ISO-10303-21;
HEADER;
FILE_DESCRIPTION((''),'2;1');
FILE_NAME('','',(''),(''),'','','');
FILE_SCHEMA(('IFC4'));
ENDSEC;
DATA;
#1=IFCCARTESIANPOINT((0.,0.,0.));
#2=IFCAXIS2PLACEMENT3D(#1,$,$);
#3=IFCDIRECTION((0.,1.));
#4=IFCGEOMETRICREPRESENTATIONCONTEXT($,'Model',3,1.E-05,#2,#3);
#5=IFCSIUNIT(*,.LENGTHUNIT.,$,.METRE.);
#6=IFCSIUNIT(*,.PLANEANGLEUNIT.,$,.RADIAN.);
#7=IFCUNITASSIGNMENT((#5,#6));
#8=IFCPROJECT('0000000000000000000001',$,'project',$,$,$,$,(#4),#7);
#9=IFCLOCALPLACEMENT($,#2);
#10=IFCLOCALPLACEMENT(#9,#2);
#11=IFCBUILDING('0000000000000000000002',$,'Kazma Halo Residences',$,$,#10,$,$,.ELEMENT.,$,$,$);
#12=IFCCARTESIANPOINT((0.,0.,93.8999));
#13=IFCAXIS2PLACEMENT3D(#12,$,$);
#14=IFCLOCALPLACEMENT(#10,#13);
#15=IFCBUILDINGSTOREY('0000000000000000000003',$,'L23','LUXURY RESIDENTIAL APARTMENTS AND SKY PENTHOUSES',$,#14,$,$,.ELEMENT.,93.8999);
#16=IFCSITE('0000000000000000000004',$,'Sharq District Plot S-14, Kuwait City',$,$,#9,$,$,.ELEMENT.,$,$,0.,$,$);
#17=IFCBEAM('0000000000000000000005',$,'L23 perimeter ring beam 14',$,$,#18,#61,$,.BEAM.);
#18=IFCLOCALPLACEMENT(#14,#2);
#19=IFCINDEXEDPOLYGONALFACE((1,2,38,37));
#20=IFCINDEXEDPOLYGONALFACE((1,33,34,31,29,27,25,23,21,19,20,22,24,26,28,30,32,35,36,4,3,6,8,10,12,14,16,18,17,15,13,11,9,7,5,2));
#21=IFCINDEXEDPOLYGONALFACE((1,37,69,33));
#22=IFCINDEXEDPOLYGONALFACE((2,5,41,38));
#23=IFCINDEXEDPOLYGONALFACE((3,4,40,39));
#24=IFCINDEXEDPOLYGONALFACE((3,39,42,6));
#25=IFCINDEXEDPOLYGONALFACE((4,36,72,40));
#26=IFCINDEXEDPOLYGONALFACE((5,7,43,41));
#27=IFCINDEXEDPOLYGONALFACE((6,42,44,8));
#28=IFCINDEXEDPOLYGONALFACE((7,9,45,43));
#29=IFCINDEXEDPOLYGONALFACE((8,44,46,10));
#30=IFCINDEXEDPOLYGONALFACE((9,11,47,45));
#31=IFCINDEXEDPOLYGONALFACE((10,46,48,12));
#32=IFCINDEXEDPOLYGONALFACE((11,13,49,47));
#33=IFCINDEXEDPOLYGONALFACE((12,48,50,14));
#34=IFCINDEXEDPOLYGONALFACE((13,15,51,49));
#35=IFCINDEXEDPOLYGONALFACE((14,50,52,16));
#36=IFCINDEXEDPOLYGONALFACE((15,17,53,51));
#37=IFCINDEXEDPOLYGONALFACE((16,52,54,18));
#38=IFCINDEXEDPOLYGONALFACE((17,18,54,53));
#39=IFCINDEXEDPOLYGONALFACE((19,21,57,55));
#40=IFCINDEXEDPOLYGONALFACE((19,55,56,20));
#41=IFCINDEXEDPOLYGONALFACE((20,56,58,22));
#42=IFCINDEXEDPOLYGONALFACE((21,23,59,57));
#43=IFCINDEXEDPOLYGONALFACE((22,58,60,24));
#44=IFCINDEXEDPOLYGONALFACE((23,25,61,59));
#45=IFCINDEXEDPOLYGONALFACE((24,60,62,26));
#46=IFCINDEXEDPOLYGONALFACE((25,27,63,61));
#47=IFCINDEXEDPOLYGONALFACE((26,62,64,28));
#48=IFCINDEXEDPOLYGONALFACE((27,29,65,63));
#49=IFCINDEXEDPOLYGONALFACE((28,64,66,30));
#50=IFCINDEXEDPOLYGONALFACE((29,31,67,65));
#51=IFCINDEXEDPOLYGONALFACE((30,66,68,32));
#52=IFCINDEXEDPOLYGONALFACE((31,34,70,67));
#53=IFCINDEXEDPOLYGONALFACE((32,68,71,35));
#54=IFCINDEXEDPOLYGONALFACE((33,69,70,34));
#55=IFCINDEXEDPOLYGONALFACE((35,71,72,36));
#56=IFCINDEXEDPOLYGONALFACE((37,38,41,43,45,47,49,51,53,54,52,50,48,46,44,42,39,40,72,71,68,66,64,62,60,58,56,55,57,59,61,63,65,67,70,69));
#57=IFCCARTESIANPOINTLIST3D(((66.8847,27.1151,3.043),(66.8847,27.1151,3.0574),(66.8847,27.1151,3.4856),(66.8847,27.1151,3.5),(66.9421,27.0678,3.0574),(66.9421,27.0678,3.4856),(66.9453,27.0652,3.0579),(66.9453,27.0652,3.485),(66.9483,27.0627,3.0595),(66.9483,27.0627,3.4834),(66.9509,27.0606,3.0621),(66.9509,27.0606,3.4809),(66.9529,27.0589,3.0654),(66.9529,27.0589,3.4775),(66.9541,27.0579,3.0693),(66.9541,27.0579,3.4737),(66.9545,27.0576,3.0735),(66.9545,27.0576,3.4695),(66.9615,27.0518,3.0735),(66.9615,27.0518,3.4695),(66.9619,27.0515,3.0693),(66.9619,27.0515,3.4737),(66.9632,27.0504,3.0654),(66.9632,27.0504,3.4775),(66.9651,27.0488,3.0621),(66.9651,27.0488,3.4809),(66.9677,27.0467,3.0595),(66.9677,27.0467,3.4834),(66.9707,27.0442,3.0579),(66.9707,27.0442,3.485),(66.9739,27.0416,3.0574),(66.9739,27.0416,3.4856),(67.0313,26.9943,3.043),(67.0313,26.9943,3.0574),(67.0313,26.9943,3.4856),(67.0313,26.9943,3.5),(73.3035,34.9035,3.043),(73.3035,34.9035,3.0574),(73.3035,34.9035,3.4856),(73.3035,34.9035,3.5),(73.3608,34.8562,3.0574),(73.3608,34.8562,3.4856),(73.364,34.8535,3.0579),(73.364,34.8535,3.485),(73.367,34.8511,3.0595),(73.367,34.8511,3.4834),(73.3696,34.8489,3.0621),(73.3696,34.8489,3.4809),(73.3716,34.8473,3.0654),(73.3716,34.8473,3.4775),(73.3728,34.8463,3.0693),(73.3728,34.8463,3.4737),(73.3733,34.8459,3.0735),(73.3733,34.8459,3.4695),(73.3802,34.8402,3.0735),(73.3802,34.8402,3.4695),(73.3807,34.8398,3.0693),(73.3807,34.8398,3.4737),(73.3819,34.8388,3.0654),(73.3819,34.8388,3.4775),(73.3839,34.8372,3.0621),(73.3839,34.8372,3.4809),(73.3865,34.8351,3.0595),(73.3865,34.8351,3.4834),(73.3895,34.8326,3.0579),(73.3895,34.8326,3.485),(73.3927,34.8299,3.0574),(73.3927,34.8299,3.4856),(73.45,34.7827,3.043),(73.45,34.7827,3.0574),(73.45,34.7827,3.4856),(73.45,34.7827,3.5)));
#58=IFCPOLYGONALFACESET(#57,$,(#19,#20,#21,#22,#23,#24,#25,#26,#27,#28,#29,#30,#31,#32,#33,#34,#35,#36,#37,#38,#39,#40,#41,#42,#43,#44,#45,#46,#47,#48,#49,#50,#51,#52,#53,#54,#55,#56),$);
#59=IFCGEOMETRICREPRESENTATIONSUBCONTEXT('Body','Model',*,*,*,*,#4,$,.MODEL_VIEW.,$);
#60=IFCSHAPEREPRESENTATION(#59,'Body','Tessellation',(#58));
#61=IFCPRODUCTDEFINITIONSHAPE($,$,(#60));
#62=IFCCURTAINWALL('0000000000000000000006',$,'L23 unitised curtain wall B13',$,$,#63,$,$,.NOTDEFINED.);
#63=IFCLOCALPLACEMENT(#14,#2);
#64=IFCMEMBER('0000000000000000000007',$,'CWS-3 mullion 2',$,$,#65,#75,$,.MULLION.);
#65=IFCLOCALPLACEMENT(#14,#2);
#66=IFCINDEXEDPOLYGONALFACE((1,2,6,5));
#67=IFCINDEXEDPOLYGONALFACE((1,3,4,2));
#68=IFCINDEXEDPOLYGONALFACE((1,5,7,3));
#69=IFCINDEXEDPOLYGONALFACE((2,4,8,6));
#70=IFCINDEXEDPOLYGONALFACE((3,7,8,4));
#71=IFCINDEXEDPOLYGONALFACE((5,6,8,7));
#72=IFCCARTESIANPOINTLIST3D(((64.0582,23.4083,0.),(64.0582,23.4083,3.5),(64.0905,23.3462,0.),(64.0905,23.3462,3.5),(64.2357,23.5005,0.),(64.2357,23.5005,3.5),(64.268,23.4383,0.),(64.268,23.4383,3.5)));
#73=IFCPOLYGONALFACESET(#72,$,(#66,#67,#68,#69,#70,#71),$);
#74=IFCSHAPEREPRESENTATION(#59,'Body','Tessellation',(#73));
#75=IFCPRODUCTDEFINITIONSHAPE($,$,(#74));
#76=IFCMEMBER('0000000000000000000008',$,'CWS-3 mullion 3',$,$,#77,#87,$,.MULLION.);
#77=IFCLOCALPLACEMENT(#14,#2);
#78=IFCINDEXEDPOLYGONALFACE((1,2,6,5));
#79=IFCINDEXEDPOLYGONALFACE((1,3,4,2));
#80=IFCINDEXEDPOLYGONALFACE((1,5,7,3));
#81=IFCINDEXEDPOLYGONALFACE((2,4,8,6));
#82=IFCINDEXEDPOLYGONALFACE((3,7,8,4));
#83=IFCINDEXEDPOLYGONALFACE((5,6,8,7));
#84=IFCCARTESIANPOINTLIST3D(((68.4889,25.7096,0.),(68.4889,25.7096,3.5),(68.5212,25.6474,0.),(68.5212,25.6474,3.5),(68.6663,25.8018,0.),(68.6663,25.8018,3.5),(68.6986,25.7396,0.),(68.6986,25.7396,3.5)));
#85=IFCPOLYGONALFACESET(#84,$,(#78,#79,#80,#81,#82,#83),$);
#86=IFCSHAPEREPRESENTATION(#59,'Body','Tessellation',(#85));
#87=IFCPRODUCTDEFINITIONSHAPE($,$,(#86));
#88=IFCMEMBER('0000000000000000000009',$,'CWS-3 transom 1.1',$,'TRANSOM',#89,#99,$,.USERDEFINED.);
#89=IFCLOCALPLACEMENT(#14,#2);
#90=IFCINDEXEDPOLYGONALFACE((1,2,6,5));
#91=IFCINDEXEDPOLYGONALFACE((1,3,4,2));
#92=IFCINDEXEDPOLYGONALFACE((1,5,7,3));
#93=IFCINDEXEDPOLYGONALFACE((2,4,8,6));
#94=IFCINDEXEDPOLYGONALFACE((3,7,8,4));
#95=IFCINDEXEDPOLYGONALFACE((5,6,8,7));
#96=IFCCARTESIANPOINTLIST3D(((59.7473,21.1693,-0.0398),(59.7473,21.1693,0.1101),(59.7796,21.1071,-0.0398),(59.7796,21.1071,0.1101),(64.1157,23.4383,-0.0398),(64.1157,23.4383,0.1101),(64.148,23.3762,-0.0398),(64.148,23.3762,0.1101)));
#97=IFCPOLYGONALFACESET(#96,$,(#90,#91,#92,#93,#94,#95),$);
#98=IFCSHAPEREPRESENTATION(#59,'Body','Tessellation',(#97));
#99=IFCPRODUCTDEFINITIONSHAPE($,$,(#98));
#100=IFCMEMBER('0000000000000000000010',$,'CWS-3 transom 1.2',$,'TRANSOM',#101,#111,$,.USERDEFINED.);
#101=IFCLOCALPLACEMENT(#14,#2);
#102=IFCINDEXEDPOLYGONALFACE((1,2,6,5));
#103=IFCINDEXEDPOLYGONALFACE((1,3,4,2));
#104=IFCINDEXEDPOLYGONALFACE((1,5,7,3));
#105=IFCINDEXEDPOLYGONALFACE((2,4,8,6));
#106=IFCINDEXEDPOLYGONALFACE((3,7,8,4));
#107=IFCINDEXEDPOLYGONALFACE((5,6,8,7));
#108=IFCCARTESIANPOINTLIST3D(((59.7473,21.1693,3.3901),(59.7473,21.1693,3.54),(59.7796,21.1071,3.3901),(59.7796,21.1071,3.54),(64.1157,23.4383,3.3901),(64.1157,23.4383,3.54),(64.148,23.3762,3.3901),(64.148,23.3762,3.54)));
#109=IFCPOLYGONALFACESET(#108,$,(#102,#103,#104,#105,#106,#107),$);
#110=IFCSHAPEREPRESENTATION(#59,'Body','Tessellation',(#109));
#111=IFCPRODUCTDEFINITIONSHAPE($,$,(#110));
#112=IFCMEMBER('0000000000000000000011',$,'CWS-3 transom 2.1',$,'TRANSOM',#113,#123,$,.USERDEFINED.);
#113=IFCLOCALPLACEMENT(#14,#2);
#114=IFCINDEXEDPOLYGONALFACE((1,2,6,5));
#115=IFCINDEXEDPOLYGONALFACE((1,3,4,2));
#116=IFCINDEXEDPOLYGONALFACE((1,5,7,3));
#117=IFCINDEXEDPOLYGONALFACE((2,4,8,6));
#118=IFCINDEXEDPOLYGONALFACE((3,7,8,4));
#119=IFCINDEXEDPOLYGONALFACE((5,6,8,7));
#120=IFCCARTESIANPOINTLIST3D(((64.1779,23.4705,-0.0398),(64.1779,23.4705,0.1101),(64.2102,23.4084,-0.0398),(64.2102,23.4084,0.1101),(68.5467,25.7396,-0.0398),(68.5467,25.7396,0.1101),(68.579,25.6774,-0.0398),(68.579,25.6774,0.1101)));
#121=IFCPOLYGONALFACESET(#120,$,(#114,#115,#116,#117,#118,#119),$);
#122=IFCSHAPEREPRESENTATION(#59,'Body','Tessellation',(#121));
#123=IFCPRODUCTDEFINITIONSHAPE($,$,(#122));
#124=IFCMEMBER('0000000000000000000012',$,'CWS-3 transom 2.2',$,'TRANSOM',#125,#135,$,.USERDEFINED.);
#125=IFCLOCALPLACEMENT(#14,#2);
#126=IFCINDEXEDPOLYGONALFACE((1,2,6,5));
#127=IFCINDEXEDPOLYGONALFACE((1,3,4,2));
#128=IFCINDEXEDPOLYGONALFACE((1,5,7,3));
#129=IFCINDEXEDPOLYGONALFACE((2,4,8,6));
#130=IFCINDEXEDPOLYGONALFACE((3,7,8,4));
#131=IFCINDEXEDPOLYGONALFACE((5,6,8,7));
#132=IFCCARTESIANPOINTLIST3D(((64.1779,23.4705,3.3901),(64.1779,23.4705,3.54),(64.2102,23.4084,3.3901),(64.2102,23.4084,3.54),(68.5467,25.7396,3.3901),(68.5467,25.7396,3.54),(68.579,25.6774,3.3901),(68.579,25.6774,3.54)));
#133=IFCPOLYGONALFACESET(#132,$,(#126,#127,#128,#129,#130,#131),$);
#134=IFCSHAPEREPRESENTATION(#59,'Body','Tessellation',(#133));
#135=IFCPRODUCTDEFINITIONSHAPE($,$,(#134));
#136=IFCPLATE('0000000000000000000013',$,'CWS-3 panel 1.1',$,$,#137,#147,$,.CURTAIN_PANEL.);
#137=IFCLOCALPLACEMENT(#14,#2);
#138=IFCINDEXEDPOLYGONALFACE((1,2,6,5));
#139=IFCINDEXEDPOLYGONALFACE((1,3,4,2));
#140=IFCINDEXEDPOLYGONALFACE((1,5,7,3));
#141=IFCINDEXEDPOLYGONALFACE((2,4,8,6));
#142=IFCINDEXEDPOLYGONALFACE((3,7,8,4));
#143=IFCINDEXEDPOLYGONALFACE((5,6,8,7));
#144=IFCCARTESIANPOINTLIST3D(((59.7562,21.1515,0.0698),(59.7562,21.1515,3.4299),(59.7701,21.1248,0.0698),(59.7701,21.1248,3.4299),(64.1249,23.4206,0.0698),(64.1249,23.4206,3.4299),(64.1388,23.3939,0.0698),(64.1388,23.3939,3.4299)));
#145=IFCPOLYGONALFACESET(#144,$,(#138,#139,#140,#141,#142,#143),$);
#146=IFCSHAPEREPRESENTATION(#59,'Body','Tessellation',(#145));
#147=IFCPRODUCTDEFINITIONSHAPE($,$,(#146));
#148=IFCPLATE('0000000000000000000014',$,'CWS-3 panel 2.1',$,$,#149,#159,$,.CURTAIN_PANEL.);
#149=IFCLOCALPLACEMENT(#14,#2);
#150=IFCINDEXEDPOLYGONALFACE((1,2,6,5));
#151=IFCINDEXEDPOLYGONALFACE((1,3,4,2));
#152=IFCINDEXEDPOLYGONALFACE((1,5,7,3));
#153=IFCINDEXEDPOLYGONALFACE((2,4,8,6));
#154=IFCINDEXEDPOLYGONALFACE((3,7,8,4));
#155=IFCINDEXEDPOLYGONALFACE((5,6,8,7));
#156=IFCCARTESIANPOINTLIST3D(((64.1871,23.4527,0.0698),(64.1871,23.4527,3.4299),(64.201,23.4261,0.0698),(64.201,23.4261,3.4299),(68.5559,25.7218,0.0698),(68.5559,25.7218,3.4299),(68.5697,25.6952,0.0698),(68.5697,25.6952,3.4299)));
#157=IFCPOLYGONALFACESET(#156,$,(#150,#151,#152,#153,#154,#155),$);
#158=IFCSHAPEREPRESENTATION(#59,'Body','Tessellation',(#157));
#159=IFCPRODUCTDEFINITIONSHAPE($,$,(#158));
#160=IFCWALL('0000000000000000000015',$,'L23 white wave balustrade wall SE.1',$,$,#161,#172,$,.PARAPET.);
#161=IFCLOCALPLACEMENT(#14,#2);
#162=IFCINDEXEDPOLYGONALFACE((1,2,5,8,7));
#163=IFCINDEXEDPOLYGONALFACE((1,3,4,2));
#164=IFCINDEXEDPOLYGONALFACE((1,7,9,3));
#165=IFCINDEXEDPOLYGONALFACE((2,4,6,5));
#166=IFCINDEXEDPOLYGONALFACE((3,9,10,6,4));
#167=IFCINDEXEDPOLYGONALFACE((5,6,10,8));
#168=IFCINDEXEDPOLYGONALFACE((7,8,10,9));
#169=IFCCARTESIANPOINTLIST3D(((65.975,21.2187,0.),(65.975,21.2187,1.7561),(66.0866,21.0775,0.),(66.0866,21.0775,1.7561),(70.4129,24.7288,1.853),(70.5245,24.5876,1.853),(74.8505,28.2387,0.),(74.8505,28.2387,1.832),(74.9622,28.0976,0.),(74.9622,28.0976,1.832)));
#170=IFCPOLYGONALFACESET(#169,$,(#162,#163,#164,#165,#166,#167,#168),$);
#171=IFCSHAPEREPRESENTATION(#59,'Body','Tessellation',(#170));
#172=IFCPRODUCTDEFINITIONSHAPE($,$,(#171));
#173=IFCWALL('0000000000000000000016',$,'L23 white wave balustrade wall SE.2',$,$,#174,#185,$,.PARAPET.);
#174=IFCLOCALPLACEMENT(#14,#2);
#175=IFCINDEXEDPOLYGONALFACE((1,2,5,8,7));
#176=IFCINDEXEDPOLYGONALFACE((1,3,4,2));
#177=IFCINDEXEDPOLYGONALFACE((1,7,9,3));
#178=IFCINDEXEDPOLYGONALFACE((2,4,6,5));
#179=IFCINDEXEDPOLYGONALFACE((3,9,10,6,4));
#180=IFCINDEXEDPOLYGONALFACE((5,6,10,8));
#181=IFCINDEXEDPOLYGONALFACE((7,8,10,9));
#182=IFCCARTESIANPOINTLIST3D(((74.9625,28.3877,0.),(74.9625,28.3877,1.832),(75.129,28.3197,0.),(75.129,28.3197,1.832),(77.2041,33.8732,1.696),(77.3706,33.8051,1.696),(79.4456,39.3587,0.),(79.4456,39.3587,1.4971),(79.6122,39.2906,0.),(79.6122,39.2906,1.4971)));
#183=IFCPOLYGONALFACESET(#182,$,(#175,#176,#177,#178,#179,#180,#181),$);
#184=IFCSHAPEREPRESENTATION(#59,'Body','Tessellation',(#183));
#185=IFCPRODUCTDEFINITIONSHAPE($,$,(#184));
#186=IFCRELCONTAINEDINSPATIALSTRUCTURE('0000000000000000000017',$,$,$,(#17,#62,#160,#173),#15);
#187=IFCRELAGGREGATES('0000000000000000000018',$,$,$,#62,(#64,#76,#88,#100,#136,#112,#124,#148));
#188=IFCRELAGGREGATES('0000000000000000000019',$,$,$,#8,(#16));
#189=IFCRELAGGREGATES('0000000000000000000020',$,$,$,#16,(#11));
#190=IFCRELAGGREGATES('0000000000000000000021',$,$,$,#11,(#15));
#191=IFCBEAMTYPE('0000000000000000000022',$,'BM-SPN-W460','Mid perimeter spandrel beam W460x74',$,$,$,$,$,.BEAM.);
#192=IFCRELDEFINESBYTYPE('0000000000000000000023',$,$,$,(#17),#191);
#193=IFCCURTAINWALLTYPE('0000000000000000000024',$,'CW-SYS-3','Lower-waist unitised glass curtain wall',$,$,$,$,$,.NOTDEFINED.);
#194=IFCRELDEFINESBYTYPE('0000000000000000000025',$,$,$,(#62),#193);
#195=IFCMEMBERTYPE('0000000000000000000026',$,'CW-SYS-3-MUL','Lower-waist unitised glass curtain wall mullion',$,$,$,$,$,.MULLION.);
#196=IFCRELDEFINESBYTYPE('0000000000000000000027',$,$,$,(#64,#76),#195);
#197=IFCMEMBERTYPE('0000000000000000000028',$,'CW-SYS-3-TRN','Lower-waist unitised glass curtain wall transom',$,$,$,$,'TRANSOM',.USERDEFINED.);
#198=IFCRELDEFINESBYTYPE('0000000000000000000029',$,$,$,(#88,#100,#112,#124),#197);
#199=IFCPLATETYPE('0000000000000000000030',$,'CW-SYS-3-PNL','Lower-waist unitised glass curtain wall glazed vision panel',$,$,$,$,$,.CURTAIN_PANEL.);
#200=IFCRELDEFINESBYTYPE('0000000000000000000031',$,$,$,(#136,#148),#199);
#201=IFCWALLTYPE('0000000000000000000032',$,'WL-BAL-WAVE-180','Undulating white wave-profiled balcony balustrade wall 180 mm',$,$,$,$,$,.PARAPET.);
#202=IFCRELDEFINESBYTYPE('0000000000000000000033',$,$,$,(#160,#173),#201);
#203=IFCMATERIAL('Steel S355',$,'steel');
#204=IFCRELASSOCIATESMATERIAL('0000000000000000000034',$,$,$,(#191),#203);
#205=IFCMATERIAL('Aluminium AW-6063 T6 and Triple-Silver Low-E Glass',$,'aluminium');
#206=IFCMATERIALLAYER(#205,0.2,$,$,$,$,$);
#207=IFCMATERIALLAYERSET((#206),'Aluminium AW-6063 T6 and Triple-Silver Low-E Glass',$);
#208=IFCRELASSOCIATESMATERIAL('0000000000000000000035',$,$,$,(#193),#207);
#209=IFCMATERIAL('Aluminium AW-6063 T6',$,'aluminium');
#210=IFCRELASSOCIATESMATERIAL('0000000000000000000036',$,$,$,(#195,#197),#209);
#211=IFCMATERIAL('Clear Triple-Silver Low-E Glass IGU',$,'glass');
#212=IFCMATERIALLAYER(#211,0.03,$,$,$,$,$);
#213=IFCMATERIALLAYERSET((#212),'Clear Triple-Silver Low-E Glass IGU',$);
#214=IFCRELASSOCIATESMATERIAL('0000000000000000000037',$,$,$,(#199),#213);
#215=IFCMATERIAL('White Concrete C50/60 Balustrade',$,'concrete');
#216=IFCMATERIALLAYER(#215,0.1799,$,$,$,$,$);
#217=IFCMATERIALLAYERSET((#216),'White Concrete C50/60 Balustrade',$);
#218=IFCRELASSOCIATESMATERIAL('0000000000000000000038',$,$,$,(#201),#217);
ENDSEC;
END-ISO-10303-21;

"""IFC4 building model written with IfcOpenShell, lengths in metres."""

from ifc_helpers import new_model, si_unit, direction, frame, origin, origin_2d, place, context, subcontext, project, spatial, polyline, rectangle, i_section, outline, extrude, material, layer, layer_set, material_profile, profile_set, type_object, element, aggregate, save


model = new_model("IFC4")

# Units and contexts
model_context = context("Model", 3, precision=1e-05, world=origin(), true_north=direction((0.0, 1.0)))
body_context = subcontext(model_context, "Body", "Model", "MODEL_VIEW")
ifc_project = project(units=[si_unit("LENGTHUNIT", "METRE"), si_unit("PLANEANGLEUNIT", "RADIAN")], contexts=[model_context])

# Site, building, storey
site_placement = place(None, origin())
site = spatial("IfcSite", under=ifc_project, at=site_placement, Name="Sharq District Plot S-14, Kuwait City", CompositionType="ELEMENT", RefElevation=0.0)
building_placement = place(site_placement, origin())
building = spatial("IfcBuilding", under=site, at=building_placement, Name="Kazma Halo Residences", CompositionType="ELEMENT")
storey_placement = place(building_placement, frame((0.0, 0.0, 93.8999)))
storey = spatial("IfcBuildingStorey", under=building, at=storey_placement, Name="L23", Description="LUXURY RESIDENTIAL APARTMENTS AND SKY PENTHOUSES", CompositionType="ELEMENT", Elevation=93.8999)

# Beam
ifc_material_1 = material(Name="Steel S355", Category="steel")
ifc_material_profile_1 = material_profile(ifc_material_1, i_section(OverallWidth=0.1899, OverallDepth=0.457, WebThickness=0.009, FlangeThickness=0.0144, FilletRadius=0.0161, at=origin_2d()), Name="W460x74")
ifc_profile_set_1 = profile_set([ifc_material_profile_1], Name="Steel S355")
beam_type_1 = type_object("IfcBeamType", Name="BM-SPN-W460", Description="Mid perimeter spandrel beam W460x74", PredefinedType="BEAM", material=ifc_profile_set_1)
beam_1_placement = place(storey_placement, frame((66.958, 27.0547, 3.2715), z_axis=(0.63599, 0.771698, 0.0), x_axis=(-0.771698, 0.63599, 0.0)))
element("IfcBeam", 1, at=beam_1_placement, inside=storey, type_object=beam_type_1, Name="L23 perimeter ring beam 14", PredefinedType="BEAM", context=body_context, shape_type="SweptSolid", body=[
    extrude(i_section(OverallWidth=0.1899, OverallDepth=0.457, WebThickness=0.009, FlangeThickness=0.0144, FilletRadius=0.0161, at=origin_2d()), origin(), (0.0, 0.0, 1.0), 10.0925),
])

# Curtain wall, members, plates
ifc_material_2 = material(Name="Aluminium AW-6063 T6 and Triple-Silver Low-E Glass", Category="aluminium")
ifc_layer_1 = layer(ifc_material_2, 0.2)
ifc_layer_set_1 = layer_set([ifc_layer_1], Name="Aluminium AW-6063 T6 and Triple-Silver Low-E Glass")
curtain_wall_type = type_object("IfcCurtainWallType", Name="CW-SYS-3", Description="Lower-waist unitised glass curtain wall", PredefinedType="NOTDEFINED", material=ifc_layer_set_1)
curtain_wall_placement = place(storey_placement, origin())
curtain_wall = element("IfcCurtainWall", 2, at=curtain_wall_placement, inside=storey, type_object=curtain_wall_type, Name="L23 unitised curtain wall B13", PredefinedType="NOTDEFINED")
ifc_material_3 = material(Name="Aluminium AW-6063 T6", Category="aluminium")
ifc_material_profile_2 = material_profile(ifc_material_3, rectangle(XDim=0.0701, YDim=0.2, at=origin_2d()), Name="CWM-70x200")
ifc_profile_set_2 = profile_set([ifc_material_profile_2], Name="Aluminium AW-6063 T6")
member_type_1 = type_object("IfcMemberType", Name="CW-SYS-3-MUL", Description="Lower-waist unitised glass curtain wall mullion", PredefinedType="MULLION", material=ifc_profile_set_2)
member_1_placement = place(storey_placement, frame((64.1631, 23.4233, 0.0), z_axis=(0.0, 0.0, 1.0), x_axis=(-0.460932, 0.887435, 0.0)))
member_1 = element("IfcMember", 3, at=member_1_placement, type_object=member_type_1, Name="CWS-3 mullion 2", PredefinedType="MULLION", context=body_context, shape_type="SweptSolid", body=[
    extrude(rectangle(XDim=0.0701, YDim=0.2, at=origin_2d()), origin(), (0.0, 0.0, 1.0), 3.5),
])
member_2_placement = place(storey_placement, frame((68.5938, 25.7246, 0.0), z_axis=(0.0, 0.0, 1.0), x_axis=(-0.460932, 0.887435, 0.0)))
member_2 = element("IfcMember", 4, at=member_2_placement, type_object=member_type_1, Name="CWS-3 mullion 3", PredefinedType="MULLION", context=body_context, shape_type="SweptSolid", body=[
    extrude(rectangle(XDim=0.0701, YDim=0.2, at=origin_2d()), origin(), (0.0, 0.0, 1.0), 3.5),
])
ifc_material_profile_3 = material_profile(ifc_material_3, rectangle(XDim=0.0701, YDim=0.1499, at=origin_2d()), Name="CWT-70x150")
ifc_profile_set_3 = profile_set([ifc_material_profile_3], Name="Aluminium AW-6063 T6")
member_type_2 = type_object("IfcMemberType", Name="CW-SYS-3-TRN", Description="Lower-waist unitised glass curtain wall transom", ElementType="TRANSOM", PredefinedType="USERDEFINED", material=ifc_profile_set_3)
member_3_placement = place(storey_placement, frame((59.7634, 21.1382, 0.0352), z_axis=(0.887427, 0.460948, 0.0), x_axis=(-0.460948, 0.887427, 0.0)))
member_3 = element("IfcMember", 5, at=member_3_placement, type_object=member_type_2, Name="CWS-3 transom 1.1", ObjectType="TRANSOM", PredefinedType="USERDEFINED", context=body_context, shape_type="SweptSolid", body=[
    extrude(rectangle(XDim=0.0701, YDim=0.1499, at=origin_2d()), origin(), (0.0, 0.0, 1.0), 4.9226),
])
member_4_placement = place(storey_placement, frame((59.7634, 21.1382, 3.4651), z_axis=(0.887427, 0.460948, 0.0), x_axis=(-0.460948, 0.887427, 0.0)))
member_4 = element("IfcMember", 6, at=member_4_placement, type_object=member_type_2, Name="CWS-3 transom 1.2", ObjectType="TRANSOM", PredefinedType="USERDEFINED", context=body_context, shape_type="SweptSolid", body=[
    extrude(rectangle(XDim=0.0701, YDim=0.1499, at=origin_2d()), origin(), (0.0, 0.0, 1.0), 4.9226),
])
member_5_placement = place(storey_placement, frame((64.1941, 23.4395, 0.0352), z_axis=(0.887438, 0.460928, 0.0), x_axis=(-0.460928, 0.887438, 0.0)))
member_5 = element("IfcMember", 7, at=member_5_placement, type_object=member_type_2, Name="CWS-3 transom 2.1", ObjectType="TRANSOM", PredefinedType="USERDEFINED", context=body_context, shape_type="SweptSolid", body=[
    extrude(rectangle(XDim=0.0701, YDim=0.1499, at=origin_2d()), origin(), (0.0, 0.0, 1.0), 4.9229),
])
member_6_placement = place(storey_placement, frame((64.1941, 23.4395, 3.4651), z_axis=(0.887438, 0.460928, 0.0), x_axis=(-0.460928, 0.887438, 0.0)))
member_6 = element("IfcMember", 8, at=member_6_placement, type_object=member_type_2, Name="CWS-3 transom 2.2", ObjectType="TRANSOM", PredefinedType="USERDEFINED", context=body_context, shape_type="SweptSolid", body=[
    extrude(rectangle(XDim=0.0701, YDim=0.1499, at=origin_2d()), origin(), (0.0, 0.0, 1.0), 4.9229),
])
ifc_material_4 = material(Name="Clear Triple-Silver Low-E Glass IGU", Category="glass")
ifc_layer_2 = layer(ifc_material_4, 0.03)
ifc_layer_set_2 = layer_set([ifc_layer_2], Name="Clear Triple-Silver Low-E Glass IGU")
plate_type = type_object("IfcPlateType", Name="CW-SYS-3-PNL", Description="Lower-waist unitised glass curtain wall glazed vision panel", PredefinedType="CURTAIN_PANEL", material=ifc_layer_set_2)
plate_1_placement = place(storey_placement, frame((61.9475, 22.2727, 0.0698), z_axis=(0.0, 0.0, 1.0), x_axis=(0.887435, 0.460932, 0.0)))
plate_1 = element("IfcPlate", 9, at=plate_1_placement, type_object=plate_type, Name="CWS-3 panel 1.1", PredefinedType="CURTAIN_PANEL", context=body_context, shape_type="SweptSolid", body=[
    extrude(rectangle(XDim=4.9229, YDim=0.03, at=origin_2d()), origin(), (0.0, 0.0, 1.0), 3.3601),
])
plate_2_placement = place(storey_placement, frame((66.3784, 24.574, 0.0698), z_axis=(0.0, 0.0, 1.0), x_axis=(0.887435, 0.460932, 0.0)))
plate_2 = element("IfcPlate", 10, at=plate_2_placement, type_object=plate_type, Name="CWS-3 panel 2.1", PredefinedType="CURTAIN_PANEL", context=body_context, shape_type="SweptSolid", body=[
    extrude(rectangle(XDim=4.9229, YDim=0.03, at=origin_2d()), origin(), (0.0, 0.0, 1.0), 3.3601),
])
aggregate(curtain_wall, [member_1, member_2, member_3, member_4, plate_1, member_5, member_6, plate_2])

# Walls
ifc_material_5 = material(Name="White Concrete C50/60 Balustrade", Category="concrete")
ifc_layer_3 = layer(ifc_material_5, 0.1799)
ifc_layer_set_3 = layer_set([ifc_layer_3], Name="White Concrete C50/60 Balustrade")
wall_type_1 = type_object("IfcWallType", Name="WL-BAL-WAVE-180", Description="Undulating white wave-profiled balcony balustrade wall 180 mm", PredefinedType="PARAPET", material=ifc_layer_set_3)
wall_1_placement = place(storey_placement, frame((66.0308, 21.1482, 0.0), z_axis=(0.0, 0.0, 1.0), x_axis=(0.784321, 0.620355, 0.0)))
element("IfcWall", 11, at=wall_1_placement, inside=storey, type_object=wall_type_1, Name="L23 white wave balustrade wall SE.1", PredefinedType="PARAPET", context=body_context, shape_type="SweptSolid", body=[
    extrude(outline(polyline([(0.0, 0.0), (11.3162, 0.0), (11.3162, 1.832), (5.6582, 1.853), (0.0, 1.7561), (0.0, 0.0)])), frame((0.0, 0.0898, 0.0), z_axis=(0.0, -1.0, 0.0), x_axis=(1.0, 0.0, 0.0)), (0.0, 0.0, 1.0), 0.1799),
])
wall_2_placement = place(storey_placement, frame((75.0457, 28.3538, 0.0), z_axis=(0.0, 0.0, 1.0), x_axis=(0.378274, 0.925694, 0.0)))
element("IfcWall", 12, at=wall_2_placement, inside=storey, type_object=wall_type_1, Name="L23 white wave balustrade wall SE.2", PredefinedType="PARAPET", context=body_context, shape_type="SweptSolid", body=[
    extrude(outline(polyline([(0.0, 0.0), (11.8516, 0.0), (11.8516, 1.4971), (5.9258, 1.696), (0.0, 1.832), (0.0, 0.0)])), frame((0.0, 0.0898, 0.0), z_axis=(0.0, -1.0, 0.0), x_axis=(1.0, 0.0, 0.0)), (0.0, 0.0, 1.0), 0.1799),
])

save(model, "model.ifc")
